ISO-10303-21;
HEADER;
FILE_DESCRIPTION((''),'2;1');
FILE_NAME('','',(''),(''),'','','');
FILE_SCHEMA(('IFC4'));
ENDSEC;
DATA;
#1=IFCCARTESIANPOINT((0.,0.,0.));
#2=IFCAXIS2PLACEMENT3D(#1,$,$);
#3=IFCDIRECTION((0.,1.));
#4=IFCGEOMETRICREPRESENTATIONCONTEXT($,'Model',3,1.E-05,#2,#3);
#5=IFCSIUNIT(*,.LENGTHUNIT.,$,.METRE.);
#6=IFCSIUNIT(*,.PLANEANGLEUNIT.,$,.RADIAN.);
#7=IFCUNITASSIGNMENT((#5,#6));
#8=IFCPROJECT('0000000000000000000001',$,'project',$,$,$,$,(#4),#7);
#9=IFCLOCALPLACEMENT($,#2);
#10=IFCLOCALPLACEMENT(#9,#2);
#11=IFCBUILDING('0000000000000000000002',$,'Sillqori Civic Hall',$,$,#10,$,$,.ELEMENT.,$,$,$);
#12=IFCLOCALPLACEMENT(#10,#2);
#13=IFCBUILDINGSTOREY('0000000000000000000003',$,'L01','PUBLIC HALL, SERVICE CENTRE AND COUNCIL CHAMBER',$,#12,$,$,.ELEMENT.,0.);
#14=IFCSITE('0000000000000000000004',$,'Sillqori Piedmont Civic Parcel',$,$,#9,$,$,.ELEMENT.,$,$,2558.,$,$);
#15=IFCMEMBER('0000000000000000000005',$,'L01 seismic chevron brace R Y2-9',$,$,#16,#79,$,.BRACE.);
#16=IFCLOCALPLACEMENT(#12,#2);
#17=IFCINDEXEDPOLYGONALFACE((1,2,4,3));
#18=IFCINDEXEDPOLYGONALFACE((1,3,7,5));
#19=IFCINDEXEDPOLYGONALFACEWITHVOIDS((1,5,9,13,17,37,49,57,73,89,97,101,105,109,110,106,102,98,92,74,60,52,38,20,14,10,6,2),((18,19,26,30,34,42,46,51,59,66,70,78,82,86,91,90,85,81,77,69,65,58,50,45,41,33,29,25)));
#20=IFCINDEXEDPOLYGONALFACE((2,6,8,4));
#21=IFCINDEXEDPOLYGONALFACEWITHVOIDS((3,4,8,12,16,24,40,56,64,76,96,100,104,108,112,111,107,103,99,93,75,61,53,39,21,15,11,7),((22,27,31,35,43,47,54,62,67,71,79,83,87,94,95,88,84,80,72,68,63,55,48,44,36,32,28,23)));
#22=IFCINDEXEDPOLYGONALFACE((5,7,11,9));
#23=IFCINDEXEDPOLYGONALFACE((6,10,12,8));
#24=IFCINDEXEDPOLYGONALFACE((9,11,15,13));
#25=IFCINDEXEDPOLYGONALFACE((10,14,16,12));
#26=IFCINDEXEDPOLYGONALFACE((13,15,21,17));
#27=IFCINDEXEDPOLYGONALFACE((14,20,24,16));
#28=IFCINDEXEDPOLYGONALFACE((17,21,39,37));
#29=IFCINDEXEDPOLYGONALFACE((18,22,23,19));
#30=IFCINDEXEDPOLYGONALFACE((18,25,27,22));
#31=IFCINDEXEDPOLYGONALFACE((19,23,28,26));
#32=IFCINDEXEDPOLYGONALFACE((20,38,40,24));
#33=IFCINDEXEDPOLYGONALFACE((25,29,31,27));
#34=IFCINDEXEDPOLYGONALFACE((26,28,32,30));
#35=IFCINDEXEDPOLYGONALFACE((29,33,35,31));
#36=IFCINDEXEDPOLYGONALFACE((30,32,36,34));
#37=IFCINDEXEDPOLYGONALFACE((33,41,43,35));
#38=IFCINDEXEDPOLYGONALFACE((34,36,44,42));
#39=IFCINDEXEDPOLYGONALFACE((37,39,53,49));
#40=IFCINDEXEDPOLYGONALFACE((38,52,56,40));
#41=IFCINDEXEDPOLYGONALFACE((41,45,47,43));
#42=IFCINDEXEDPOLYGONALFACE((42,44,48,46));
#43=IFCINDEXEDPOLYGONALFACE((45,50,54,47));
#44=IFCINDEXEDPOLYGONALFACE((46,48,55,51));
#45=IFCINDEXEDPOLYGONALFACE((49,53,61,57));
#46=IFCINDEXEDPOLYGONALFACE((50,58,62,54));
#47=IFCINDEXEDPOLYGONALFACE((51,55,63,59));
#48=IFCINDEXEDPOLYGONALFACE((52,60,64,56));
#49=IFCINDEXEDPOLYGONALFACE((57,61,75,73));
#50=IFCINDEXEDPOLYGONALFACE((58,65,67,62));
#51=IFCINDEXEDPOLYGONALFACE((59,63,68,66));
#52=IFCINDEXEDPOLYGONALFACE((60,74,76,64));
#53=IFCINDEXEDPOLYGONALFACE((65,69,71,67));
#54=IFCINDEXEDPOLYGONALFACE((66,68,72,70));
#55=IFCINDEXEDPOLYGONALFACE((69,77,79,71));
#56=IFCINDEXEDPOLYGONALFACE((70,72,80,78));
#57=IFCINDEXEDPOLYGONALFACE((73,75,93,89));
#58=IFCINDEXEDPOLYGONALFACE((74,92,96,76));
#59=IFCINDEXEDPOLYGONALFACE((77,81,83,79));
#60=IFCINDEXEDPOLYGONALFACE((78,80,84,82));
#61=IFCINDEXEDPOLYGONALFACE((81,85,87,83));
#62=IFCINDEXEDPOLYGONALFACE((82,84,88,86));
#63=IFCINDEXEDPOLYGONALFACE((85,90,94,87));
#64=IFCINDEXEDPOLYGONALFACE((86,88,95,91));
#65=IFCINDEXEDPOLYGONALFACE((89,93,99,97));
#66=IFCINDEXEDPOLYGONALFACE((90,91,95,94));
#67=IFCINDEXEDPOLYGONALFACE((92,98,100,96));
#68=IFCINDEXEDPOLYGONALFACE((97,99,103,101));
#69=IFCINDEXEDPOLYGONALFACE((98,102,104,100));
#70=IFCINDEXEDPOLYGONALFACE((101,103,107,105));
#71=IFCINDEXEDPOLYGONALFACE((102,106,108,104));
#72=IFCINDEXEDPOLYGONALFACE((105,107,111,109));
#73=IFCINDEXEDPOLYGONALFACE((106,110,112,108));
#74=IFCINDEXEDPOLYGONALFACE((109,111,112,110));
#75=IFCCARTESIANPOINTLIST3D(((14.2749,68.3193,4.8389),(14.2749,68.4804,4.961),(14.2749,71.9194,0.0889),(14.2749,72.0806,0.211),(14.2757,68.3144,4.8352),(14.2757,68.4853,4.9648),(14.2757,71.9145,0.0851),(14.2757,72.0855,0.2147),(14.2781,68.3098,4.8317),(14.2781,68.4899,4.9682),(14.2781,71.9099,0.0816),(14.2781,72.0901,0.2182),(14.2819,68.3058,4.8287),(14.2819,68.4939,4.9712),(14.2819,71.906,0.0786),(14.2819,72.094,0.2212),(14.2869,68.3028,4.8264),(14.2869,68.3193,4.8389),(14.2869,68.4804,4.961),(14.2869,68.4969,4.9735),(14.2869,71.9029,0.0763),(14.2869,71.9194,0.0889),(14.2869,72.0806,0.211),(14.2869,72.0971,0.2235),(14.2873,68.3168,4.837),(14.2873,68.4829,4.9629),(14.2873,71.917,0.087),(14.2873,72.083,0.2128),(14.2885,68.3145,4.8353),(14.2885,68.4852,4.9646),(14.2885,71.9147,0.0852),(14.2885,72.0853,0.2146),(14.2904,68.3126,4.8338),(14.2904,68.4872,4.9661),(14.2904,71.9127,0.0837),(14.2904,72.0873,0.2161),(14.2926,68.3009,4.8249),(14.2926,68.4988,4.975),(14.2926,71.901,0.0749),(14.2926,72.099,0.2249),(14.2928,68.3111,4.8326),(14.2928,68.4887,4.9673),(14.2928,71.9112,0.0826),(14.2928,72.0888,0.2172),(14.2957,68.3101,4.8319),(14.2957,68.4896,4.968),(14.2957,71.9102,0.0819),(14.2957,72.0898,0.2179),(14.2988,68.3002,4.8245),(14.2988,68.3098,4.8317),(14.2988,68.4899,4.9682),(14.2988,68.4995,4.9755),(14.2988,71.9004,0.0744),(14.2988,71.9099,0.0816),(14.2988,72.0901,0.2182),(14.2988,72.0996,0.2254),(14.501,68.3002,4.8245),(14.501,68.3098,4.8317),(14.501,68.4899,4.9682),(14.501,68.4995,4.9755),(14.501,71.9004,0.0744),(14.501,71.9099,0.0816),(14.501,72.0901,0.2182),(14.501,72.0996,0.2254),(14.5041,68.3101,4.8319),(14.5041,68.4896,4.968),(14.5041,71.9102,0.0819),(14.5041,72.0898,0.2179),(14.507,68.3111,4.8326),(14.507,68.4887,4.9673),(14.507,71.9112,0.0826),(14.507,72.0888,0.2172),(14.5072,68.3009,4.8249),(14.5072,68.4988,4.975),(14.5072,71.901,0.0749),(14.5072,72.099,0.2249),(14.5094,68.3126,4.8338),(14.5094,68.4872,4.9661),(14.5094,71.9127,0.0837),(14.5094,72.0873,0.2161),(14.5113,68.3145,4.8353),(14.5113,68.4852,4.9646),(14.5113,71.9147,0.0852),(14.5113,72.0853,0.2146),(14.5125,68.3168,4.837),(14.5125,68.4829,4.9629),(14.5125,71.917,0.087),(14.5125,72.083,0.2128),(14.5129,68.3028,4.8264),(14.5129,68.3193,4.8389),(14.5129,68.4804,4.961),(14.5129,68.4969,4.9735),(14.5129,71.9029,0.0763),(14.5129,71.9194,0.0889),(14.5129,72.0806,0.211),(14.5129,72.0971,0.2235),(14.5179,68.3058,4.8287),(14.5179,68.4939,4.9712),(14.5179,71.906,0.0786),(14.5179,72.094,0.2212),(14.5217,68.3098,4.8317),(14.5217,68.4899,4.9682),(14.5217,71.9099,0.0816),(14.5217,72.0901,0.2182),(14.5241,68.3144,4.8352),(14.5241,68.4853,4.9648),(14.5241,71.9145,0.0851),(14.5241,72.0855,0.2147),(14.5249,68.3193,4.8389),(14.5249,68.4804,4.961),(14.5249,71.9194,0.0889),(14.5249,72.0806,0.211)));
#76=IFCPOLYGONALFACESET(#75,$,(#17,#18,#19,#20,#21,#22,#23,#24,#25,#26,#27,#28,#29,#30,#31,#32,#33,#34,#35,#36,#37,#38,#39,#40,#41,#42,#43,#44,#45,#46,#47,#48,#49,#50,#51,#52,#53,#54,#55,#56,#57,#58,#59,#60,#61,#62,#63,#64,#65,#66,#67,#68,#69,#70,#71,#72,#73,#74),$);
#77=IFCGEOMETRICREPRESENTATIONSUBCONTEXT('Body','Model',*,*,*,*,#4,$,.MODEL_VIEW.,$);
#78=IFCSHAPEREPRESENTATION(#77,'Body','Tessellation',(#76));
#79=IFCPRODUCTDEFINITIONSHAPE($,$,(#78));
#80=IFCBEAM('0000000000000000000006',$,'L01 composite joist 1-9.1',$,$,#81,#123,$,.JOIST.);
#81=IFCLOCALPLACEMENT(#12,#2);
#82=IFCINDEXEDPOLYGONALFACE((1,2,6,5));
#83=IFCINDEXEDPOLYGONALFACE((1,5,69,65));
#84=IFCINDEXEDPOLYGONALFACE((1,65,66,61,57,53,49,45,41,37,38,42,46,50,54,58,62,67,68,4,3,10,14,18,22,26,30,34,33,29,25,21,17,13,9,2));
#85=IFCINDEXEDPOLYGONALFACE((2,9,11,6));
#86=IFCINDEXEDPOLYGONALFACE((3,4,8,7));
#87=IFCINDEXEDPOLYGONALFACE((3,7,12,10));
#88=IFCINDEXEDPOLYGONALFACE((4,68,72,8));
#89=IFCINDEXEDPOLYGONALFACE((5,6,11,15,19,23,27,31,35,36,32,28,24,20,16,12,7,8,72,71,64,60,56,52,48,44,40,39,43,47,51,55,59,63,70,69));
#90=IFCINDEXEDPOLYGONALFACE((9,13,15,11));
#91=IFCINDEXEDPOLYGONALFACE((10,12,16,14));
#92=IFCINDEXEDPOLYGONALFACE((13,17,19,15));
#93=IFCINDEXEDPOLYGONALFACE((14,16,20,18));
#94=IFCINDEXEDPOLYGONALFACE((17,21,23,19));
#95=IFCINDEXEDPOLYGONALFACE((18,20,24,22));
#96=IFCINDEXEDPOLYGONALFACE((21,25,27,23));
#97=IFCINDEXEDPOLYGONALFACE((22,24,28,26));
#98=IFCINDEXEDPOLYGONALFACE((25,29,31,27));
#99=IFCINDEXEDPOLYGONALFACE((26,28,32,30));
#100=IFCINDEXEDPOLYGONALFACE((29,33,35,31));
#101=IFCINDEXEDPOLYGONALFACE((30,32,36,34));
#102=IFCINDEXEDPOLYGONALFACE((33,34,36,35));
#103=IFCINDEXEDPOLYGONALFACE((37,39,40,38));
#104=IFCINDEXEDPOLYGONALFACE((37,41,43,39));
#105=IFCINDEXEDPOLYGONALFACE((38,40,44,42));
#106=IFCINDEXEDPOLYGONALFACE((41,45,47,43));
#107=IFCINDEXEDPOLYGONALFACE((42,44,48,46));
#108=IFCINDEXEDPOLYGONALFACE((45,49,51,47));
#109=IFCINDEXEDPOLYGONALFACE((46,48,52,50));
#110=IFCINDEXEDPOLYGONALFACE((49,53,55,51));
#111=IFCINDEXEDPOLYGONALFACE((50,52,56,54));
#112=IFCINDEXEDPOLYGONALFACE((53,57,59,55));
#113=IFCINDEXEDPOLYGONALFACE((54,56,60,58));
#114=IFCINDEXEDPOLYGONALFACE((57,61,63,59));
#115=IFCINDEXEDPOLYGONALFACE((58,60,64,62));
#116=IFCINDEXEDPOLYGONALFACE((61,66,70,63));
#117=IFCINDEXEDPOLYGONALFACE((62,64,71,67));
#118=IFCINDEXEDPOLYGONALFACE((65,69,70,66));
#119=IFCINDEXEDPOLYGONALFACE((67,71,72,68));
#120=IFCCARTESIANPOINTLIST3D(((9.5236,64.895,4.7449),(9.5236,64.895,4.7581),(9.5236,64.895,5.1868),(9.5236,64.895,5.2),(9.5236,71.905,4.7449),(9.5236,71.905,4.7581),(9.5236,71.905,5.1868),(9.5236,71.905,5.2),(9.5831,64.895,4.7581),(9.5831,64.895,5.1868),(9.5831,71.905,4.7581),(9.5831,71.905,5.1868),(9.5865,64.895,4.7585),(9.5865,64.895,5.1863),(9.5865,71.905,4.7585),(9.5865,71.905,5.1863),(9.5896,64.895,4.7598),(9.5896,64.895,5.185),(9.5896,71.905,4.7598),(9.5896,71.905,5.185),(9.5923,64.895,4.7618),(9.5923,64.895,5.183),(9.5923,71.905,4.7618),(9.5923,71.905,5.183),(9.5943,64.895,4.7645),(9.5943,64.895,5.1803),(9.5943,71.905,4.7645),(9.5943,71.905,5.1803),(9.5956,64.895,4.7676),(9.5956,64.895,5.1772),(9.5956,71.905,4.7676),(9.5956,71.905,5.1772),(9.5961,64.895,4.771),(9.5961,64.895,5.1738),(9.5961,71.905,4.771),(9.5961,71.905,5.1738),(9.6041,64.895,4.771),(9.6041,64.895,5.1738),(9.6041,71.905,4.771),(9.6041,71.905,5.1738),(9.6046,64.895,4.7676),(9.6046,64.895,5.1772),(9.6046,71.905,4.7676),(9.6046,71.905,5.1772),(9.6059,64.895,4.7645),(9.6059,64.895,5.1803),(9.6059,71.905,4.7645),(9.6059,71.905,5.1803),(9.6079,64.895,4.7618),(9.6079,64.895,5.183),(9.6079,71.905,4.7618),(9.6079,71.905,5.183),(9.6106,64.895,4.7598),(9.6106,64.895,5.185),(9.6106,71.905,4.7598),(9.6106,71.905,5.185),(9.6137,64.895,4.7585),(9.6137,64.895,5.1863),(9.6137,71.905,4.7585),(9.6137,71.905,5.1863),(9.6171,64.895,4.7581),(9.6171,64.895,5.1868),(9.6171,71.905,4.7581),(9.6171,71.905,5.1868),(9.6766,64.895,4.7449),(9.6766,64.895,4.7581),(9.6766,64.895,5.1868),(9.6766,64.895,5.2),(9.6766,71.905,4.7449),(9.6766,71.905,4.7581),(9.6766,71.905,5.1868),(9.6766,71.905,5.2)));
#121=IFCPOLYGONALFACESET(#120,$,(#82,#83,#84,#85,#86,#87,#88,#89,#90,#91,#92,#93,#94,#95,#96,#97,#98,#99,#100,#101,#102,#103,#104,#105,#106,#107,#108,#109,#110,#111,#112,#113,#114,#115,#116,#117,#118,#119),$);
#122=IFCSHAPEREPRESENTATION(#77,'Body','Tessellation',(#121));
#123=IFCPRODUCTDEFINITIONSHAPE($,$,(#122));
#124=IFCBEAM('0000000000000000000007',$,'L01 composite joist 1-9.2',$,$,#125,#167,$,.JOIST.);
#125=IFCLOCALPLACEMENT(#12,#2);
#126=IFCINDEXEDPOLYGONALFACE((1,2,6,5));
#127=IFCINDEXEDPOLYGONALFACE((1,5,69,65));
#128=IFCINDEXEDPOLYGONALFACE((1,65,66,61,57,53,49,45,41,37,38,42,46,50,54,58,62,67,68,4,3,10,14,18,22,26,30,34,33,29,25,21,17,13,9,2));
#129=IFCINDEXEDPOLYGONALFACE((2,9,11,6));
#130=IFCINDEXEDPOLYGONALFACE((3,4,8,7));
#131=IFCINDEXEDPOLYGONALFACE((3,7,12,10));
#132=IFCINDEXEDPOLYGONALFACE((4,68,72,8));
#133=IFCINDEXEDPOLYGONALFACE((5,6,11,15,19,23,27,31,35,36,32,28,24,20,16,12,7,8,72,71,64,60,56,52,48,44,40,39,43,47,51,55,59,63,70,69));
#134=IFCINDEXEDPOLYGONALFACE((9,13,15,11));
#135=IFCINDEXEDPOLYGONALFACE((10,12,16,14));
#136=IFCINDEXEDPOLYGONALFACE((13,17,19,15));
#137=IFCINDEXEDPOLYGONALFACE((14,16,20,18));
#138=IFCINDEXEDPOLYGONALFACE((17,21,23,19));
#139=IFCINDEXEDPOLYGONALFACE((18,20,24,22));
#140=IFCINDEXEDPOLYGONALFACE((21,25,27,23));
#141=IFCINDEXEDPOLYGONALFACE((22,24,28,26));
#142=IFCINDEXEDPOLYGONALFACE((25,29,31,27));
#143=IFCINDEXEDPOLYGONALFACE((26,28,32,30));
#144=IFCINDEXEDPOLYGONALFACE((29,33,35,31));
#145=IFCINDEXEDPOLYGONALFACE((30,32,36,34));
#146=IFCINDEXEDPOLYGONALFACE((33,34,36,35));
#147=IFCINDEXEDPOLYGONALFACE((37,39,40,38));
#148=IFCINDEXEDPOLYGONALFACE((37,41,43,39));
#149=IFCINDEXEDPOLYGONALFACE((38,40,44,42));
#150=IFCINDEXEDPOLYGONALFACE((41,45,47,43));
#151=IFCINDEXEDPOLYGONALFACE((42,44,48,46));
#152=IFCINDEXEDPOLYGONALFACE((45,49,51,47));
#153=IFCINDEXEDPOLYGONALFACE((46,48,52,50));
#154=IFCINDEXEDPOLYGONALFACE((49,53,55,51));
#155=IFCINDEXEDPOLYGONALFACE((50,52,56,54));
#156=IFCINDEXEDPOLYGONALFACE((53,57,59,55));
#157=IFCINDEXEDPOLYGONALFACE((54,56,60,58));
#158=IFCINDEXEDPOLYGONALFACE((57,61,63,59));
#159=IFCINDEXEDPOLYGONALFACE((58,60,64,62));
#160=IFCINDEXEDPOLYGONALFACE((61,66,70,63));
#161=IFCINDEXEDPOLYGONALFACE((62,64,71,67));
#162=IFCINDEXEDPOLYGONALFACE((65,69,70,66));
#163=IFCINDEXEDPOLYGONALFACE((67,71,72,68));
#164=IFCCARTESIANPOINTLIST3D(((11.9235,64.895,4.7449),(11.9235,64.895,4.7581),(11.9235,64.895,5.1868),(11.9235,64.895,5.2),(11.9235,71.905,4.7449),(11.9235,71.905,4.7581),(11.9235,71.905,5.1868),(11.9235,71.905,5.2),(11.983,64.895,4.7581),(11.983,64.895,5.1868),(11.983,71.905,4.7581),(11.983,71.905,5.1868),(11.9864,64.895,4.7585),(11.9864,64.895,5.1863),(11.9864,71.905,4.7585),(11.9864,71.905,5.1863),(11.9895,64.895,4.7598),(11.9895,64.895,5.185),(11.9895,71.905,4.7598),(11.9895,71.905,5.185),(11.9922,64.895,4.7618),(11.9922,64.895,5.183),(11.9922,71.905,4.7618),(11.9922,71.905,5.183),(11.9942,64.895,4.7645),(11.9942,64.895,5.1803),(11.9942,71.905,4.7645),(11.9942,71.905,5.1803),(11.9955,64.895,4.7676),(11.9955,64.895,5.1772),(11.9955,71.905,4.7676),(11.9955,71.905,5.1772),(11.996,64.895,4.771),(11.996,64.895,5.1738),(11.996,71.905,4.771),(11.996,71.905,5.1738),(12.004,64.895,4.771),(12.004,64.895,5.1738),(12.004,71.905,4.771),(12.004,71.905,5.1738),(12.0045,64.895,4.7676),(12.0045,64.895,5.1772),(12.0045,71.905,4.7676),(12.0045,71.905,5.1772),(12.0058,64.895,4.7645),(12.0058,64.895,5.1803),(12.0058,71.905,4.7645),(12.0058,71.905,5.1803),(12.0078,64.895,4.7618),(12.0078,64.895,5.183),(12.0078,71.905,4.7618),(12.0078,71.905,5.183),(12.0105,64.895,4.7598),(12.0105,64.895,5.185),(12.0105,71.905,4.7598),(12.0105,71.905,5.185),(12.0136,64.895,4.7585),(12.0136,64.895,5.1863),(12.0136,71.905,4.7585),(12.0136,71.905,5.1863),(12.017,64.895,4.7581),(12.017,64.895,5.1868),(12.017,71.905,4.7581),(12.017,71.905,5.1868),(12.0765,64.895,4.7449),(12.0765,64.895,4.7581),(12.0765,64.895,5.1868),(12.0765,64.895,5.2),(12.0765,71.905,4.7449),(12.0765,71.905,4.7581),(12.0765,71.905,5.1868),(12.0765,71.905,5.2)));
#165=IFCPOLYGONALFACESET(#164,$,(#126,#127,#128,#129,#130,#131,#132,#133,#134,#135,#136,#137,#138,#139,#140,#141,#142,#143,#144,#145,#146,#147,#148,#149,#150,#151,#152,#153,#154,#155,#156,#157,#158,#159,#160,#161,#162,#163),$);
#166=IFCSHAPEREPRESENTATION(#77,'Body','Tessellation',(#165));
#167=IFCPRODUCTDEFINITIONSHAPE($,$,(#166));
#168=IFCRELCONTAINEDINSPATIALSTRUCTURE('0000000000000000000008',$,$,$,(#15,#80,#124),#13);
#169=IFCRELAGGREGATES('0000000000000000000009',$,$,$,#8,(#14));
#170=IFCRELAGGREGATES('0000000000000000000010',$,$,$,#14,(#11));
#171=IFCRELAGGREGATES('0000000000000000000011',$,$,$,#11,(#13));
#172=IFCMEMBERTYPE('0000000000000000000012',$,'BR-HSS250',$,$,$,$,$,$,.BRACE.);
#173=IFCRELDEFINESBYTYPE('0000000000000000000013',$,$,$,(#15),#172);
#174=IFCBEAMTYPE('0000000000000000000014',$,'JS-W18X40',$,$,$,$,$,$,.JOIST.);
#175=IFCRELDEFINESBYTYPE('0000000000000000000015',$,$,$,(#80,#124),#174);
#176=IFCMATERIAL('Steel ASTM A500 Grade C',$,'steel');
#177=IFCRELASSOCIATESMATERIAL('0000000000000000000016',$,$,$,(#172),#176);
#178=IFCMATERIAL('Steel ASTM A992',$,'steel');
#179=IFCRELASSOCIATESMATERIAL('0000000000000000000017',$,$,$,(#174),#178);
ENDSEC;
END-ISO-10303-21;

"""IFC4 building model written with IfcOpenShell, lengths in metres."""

from ifc_helpers import new_model, si_unit, direction, frame, origin, origin_2d, place, context, subcontext, project, spatial, hollow_rectangle, i_section, extrude, material, material_profile, profile_set, type_object, element, save


model = new_model("IFC4")

# Units and contexts
model_context = context("Model", 3, precision=1e-05, world=origin(), true_north=direction((0.0, 1.0)))
body_context = subcontext(model_context, "Body", "Model", "MODEL_VIEW")
ifc_project = project(units=[si_unit("LENGTHUNIT", "METRE"), si_unit("PLANEANGLEUNIT", "RADIAN")], contexts=[model_context])

# Site, building, storey
site_placement = place(None, origin())
site = spatial("IfcSite", under=ifc_project, at=site_placement, Name="Sillqori Piedmont Civic Parcel", CompositionType="ELEMENT", RefElevation=2558.0)
building_placement = place(site_placement, origin())
building = spatial("IfcBuilding", under=site, at=building_placement, Name="Sillqori Civic Hall", CompositionType="ELEMENT")
storey_placement = place(building_placement, origin())
storey = spatial("IfcBuildingStorey", under=building, at=storey_placement, Name="L01", Description="PUBLIC HALL, SERVICE CENTRE AND COUNCIL CHAMBER", CompositionType="ELEMENT", Elevation=0.0)

# Shared definitions
ifc_material_1 = material(Name="Steel ASTM A992", Category="steel")

# Member
ifc_material_2 = material(Name="Steel ASTM A500 Grade C", Category="steel")
ifc_material_profile_1 = material_profile(ifc_material_2, hollow_rectangle(XDim=0.25, YDim=0.25, WallThickness=0.012, InnerFilletRadius=0.012, OuterFilletRadius=0.0239, at=origin_2d()), Name="HSS250X250X12")
ifc_profile_set_1 = profile_set([ifc_material_profile_1], Name="Steel ASTM A500 Grade C")
member_type = type_object("IfcMemberType", Name="BR-HSS250", PredefinedType="BRACE", material=ifc_profile_set_1)
member_placement = place(storey_placement, frame((14.3999, 72.0, 0.1499), z_axis=(0.0, -0.60403, 0.796962), x_axis=(1.0, 0.0, 0.0)))
element("IfcMember", 1, at=member_placement, inside=storey, type_object=member_type, Name="L01 seismic chevron brace R Y2-9", PredefinedType="BRACE", context=body_context, shape_type="SweptSolid", body=[
    extrude(hollow_rectangle(XDim=0.25, YDim=0.25, WallThickness=0.012, InnerFilletRadius=0.012, OuterFilletRadius=0.0239, at=origin_2d()), origin(), (0.0, 0.0, 1.0), 5.9602),
])

# Beams
ifc_material_profile_2 = material_profile(ifc_material_1, i_section(OverallWidth=0.1531, OverallDepth=0.4551, WebThickness=0.0081, FlangeThickness=0.0132, FilletRadius=0.0129, at=origin_2d()), Name="W18X40")
ifc_profile_set_2 = profile_set([ifc_material_profile_2], Name="Steel ASTM A992")
beam_type_1 = type_object("IfcBeamType", Name="JS-W18X40", PredefinedType="JOIST", material=ifc_profile_set_2)
for number, where, z_axis, x_axis, name in (
    (2, (9.6001, 64.895, 4.9724), (0.0, 1.0, 0.0), (-1.0, 0.0, 0.0), "L01 composite joist 1-9.1"),
    (3, (12.0, 64.895, 4.9724), (0.0, 1.0, 0.0), (-1.0, 0.0, 0.0), "L01 composite joist 1-9.2"),
):
    element("IfcBeam", number, at=place(storey_placement, frame(where, z_axis=z_axis, x_axis=x_axis)), inside=storey, type_object=beam_type_1, Name=name, PredefinedType="JOIST", context=body_context, shape_type="SweptSolid", body=[
        extrude(i_section(OverallWidth=0.1531, OverallDepth=0.4551, WebThickness=0.0081, FlangeThickness=0.0132, FilletRadius=0.0129, at=origin_2d()), origin(), (0.0, 0.0, 1.0), 7.01),
    ])

save(model, "model.ifc")
